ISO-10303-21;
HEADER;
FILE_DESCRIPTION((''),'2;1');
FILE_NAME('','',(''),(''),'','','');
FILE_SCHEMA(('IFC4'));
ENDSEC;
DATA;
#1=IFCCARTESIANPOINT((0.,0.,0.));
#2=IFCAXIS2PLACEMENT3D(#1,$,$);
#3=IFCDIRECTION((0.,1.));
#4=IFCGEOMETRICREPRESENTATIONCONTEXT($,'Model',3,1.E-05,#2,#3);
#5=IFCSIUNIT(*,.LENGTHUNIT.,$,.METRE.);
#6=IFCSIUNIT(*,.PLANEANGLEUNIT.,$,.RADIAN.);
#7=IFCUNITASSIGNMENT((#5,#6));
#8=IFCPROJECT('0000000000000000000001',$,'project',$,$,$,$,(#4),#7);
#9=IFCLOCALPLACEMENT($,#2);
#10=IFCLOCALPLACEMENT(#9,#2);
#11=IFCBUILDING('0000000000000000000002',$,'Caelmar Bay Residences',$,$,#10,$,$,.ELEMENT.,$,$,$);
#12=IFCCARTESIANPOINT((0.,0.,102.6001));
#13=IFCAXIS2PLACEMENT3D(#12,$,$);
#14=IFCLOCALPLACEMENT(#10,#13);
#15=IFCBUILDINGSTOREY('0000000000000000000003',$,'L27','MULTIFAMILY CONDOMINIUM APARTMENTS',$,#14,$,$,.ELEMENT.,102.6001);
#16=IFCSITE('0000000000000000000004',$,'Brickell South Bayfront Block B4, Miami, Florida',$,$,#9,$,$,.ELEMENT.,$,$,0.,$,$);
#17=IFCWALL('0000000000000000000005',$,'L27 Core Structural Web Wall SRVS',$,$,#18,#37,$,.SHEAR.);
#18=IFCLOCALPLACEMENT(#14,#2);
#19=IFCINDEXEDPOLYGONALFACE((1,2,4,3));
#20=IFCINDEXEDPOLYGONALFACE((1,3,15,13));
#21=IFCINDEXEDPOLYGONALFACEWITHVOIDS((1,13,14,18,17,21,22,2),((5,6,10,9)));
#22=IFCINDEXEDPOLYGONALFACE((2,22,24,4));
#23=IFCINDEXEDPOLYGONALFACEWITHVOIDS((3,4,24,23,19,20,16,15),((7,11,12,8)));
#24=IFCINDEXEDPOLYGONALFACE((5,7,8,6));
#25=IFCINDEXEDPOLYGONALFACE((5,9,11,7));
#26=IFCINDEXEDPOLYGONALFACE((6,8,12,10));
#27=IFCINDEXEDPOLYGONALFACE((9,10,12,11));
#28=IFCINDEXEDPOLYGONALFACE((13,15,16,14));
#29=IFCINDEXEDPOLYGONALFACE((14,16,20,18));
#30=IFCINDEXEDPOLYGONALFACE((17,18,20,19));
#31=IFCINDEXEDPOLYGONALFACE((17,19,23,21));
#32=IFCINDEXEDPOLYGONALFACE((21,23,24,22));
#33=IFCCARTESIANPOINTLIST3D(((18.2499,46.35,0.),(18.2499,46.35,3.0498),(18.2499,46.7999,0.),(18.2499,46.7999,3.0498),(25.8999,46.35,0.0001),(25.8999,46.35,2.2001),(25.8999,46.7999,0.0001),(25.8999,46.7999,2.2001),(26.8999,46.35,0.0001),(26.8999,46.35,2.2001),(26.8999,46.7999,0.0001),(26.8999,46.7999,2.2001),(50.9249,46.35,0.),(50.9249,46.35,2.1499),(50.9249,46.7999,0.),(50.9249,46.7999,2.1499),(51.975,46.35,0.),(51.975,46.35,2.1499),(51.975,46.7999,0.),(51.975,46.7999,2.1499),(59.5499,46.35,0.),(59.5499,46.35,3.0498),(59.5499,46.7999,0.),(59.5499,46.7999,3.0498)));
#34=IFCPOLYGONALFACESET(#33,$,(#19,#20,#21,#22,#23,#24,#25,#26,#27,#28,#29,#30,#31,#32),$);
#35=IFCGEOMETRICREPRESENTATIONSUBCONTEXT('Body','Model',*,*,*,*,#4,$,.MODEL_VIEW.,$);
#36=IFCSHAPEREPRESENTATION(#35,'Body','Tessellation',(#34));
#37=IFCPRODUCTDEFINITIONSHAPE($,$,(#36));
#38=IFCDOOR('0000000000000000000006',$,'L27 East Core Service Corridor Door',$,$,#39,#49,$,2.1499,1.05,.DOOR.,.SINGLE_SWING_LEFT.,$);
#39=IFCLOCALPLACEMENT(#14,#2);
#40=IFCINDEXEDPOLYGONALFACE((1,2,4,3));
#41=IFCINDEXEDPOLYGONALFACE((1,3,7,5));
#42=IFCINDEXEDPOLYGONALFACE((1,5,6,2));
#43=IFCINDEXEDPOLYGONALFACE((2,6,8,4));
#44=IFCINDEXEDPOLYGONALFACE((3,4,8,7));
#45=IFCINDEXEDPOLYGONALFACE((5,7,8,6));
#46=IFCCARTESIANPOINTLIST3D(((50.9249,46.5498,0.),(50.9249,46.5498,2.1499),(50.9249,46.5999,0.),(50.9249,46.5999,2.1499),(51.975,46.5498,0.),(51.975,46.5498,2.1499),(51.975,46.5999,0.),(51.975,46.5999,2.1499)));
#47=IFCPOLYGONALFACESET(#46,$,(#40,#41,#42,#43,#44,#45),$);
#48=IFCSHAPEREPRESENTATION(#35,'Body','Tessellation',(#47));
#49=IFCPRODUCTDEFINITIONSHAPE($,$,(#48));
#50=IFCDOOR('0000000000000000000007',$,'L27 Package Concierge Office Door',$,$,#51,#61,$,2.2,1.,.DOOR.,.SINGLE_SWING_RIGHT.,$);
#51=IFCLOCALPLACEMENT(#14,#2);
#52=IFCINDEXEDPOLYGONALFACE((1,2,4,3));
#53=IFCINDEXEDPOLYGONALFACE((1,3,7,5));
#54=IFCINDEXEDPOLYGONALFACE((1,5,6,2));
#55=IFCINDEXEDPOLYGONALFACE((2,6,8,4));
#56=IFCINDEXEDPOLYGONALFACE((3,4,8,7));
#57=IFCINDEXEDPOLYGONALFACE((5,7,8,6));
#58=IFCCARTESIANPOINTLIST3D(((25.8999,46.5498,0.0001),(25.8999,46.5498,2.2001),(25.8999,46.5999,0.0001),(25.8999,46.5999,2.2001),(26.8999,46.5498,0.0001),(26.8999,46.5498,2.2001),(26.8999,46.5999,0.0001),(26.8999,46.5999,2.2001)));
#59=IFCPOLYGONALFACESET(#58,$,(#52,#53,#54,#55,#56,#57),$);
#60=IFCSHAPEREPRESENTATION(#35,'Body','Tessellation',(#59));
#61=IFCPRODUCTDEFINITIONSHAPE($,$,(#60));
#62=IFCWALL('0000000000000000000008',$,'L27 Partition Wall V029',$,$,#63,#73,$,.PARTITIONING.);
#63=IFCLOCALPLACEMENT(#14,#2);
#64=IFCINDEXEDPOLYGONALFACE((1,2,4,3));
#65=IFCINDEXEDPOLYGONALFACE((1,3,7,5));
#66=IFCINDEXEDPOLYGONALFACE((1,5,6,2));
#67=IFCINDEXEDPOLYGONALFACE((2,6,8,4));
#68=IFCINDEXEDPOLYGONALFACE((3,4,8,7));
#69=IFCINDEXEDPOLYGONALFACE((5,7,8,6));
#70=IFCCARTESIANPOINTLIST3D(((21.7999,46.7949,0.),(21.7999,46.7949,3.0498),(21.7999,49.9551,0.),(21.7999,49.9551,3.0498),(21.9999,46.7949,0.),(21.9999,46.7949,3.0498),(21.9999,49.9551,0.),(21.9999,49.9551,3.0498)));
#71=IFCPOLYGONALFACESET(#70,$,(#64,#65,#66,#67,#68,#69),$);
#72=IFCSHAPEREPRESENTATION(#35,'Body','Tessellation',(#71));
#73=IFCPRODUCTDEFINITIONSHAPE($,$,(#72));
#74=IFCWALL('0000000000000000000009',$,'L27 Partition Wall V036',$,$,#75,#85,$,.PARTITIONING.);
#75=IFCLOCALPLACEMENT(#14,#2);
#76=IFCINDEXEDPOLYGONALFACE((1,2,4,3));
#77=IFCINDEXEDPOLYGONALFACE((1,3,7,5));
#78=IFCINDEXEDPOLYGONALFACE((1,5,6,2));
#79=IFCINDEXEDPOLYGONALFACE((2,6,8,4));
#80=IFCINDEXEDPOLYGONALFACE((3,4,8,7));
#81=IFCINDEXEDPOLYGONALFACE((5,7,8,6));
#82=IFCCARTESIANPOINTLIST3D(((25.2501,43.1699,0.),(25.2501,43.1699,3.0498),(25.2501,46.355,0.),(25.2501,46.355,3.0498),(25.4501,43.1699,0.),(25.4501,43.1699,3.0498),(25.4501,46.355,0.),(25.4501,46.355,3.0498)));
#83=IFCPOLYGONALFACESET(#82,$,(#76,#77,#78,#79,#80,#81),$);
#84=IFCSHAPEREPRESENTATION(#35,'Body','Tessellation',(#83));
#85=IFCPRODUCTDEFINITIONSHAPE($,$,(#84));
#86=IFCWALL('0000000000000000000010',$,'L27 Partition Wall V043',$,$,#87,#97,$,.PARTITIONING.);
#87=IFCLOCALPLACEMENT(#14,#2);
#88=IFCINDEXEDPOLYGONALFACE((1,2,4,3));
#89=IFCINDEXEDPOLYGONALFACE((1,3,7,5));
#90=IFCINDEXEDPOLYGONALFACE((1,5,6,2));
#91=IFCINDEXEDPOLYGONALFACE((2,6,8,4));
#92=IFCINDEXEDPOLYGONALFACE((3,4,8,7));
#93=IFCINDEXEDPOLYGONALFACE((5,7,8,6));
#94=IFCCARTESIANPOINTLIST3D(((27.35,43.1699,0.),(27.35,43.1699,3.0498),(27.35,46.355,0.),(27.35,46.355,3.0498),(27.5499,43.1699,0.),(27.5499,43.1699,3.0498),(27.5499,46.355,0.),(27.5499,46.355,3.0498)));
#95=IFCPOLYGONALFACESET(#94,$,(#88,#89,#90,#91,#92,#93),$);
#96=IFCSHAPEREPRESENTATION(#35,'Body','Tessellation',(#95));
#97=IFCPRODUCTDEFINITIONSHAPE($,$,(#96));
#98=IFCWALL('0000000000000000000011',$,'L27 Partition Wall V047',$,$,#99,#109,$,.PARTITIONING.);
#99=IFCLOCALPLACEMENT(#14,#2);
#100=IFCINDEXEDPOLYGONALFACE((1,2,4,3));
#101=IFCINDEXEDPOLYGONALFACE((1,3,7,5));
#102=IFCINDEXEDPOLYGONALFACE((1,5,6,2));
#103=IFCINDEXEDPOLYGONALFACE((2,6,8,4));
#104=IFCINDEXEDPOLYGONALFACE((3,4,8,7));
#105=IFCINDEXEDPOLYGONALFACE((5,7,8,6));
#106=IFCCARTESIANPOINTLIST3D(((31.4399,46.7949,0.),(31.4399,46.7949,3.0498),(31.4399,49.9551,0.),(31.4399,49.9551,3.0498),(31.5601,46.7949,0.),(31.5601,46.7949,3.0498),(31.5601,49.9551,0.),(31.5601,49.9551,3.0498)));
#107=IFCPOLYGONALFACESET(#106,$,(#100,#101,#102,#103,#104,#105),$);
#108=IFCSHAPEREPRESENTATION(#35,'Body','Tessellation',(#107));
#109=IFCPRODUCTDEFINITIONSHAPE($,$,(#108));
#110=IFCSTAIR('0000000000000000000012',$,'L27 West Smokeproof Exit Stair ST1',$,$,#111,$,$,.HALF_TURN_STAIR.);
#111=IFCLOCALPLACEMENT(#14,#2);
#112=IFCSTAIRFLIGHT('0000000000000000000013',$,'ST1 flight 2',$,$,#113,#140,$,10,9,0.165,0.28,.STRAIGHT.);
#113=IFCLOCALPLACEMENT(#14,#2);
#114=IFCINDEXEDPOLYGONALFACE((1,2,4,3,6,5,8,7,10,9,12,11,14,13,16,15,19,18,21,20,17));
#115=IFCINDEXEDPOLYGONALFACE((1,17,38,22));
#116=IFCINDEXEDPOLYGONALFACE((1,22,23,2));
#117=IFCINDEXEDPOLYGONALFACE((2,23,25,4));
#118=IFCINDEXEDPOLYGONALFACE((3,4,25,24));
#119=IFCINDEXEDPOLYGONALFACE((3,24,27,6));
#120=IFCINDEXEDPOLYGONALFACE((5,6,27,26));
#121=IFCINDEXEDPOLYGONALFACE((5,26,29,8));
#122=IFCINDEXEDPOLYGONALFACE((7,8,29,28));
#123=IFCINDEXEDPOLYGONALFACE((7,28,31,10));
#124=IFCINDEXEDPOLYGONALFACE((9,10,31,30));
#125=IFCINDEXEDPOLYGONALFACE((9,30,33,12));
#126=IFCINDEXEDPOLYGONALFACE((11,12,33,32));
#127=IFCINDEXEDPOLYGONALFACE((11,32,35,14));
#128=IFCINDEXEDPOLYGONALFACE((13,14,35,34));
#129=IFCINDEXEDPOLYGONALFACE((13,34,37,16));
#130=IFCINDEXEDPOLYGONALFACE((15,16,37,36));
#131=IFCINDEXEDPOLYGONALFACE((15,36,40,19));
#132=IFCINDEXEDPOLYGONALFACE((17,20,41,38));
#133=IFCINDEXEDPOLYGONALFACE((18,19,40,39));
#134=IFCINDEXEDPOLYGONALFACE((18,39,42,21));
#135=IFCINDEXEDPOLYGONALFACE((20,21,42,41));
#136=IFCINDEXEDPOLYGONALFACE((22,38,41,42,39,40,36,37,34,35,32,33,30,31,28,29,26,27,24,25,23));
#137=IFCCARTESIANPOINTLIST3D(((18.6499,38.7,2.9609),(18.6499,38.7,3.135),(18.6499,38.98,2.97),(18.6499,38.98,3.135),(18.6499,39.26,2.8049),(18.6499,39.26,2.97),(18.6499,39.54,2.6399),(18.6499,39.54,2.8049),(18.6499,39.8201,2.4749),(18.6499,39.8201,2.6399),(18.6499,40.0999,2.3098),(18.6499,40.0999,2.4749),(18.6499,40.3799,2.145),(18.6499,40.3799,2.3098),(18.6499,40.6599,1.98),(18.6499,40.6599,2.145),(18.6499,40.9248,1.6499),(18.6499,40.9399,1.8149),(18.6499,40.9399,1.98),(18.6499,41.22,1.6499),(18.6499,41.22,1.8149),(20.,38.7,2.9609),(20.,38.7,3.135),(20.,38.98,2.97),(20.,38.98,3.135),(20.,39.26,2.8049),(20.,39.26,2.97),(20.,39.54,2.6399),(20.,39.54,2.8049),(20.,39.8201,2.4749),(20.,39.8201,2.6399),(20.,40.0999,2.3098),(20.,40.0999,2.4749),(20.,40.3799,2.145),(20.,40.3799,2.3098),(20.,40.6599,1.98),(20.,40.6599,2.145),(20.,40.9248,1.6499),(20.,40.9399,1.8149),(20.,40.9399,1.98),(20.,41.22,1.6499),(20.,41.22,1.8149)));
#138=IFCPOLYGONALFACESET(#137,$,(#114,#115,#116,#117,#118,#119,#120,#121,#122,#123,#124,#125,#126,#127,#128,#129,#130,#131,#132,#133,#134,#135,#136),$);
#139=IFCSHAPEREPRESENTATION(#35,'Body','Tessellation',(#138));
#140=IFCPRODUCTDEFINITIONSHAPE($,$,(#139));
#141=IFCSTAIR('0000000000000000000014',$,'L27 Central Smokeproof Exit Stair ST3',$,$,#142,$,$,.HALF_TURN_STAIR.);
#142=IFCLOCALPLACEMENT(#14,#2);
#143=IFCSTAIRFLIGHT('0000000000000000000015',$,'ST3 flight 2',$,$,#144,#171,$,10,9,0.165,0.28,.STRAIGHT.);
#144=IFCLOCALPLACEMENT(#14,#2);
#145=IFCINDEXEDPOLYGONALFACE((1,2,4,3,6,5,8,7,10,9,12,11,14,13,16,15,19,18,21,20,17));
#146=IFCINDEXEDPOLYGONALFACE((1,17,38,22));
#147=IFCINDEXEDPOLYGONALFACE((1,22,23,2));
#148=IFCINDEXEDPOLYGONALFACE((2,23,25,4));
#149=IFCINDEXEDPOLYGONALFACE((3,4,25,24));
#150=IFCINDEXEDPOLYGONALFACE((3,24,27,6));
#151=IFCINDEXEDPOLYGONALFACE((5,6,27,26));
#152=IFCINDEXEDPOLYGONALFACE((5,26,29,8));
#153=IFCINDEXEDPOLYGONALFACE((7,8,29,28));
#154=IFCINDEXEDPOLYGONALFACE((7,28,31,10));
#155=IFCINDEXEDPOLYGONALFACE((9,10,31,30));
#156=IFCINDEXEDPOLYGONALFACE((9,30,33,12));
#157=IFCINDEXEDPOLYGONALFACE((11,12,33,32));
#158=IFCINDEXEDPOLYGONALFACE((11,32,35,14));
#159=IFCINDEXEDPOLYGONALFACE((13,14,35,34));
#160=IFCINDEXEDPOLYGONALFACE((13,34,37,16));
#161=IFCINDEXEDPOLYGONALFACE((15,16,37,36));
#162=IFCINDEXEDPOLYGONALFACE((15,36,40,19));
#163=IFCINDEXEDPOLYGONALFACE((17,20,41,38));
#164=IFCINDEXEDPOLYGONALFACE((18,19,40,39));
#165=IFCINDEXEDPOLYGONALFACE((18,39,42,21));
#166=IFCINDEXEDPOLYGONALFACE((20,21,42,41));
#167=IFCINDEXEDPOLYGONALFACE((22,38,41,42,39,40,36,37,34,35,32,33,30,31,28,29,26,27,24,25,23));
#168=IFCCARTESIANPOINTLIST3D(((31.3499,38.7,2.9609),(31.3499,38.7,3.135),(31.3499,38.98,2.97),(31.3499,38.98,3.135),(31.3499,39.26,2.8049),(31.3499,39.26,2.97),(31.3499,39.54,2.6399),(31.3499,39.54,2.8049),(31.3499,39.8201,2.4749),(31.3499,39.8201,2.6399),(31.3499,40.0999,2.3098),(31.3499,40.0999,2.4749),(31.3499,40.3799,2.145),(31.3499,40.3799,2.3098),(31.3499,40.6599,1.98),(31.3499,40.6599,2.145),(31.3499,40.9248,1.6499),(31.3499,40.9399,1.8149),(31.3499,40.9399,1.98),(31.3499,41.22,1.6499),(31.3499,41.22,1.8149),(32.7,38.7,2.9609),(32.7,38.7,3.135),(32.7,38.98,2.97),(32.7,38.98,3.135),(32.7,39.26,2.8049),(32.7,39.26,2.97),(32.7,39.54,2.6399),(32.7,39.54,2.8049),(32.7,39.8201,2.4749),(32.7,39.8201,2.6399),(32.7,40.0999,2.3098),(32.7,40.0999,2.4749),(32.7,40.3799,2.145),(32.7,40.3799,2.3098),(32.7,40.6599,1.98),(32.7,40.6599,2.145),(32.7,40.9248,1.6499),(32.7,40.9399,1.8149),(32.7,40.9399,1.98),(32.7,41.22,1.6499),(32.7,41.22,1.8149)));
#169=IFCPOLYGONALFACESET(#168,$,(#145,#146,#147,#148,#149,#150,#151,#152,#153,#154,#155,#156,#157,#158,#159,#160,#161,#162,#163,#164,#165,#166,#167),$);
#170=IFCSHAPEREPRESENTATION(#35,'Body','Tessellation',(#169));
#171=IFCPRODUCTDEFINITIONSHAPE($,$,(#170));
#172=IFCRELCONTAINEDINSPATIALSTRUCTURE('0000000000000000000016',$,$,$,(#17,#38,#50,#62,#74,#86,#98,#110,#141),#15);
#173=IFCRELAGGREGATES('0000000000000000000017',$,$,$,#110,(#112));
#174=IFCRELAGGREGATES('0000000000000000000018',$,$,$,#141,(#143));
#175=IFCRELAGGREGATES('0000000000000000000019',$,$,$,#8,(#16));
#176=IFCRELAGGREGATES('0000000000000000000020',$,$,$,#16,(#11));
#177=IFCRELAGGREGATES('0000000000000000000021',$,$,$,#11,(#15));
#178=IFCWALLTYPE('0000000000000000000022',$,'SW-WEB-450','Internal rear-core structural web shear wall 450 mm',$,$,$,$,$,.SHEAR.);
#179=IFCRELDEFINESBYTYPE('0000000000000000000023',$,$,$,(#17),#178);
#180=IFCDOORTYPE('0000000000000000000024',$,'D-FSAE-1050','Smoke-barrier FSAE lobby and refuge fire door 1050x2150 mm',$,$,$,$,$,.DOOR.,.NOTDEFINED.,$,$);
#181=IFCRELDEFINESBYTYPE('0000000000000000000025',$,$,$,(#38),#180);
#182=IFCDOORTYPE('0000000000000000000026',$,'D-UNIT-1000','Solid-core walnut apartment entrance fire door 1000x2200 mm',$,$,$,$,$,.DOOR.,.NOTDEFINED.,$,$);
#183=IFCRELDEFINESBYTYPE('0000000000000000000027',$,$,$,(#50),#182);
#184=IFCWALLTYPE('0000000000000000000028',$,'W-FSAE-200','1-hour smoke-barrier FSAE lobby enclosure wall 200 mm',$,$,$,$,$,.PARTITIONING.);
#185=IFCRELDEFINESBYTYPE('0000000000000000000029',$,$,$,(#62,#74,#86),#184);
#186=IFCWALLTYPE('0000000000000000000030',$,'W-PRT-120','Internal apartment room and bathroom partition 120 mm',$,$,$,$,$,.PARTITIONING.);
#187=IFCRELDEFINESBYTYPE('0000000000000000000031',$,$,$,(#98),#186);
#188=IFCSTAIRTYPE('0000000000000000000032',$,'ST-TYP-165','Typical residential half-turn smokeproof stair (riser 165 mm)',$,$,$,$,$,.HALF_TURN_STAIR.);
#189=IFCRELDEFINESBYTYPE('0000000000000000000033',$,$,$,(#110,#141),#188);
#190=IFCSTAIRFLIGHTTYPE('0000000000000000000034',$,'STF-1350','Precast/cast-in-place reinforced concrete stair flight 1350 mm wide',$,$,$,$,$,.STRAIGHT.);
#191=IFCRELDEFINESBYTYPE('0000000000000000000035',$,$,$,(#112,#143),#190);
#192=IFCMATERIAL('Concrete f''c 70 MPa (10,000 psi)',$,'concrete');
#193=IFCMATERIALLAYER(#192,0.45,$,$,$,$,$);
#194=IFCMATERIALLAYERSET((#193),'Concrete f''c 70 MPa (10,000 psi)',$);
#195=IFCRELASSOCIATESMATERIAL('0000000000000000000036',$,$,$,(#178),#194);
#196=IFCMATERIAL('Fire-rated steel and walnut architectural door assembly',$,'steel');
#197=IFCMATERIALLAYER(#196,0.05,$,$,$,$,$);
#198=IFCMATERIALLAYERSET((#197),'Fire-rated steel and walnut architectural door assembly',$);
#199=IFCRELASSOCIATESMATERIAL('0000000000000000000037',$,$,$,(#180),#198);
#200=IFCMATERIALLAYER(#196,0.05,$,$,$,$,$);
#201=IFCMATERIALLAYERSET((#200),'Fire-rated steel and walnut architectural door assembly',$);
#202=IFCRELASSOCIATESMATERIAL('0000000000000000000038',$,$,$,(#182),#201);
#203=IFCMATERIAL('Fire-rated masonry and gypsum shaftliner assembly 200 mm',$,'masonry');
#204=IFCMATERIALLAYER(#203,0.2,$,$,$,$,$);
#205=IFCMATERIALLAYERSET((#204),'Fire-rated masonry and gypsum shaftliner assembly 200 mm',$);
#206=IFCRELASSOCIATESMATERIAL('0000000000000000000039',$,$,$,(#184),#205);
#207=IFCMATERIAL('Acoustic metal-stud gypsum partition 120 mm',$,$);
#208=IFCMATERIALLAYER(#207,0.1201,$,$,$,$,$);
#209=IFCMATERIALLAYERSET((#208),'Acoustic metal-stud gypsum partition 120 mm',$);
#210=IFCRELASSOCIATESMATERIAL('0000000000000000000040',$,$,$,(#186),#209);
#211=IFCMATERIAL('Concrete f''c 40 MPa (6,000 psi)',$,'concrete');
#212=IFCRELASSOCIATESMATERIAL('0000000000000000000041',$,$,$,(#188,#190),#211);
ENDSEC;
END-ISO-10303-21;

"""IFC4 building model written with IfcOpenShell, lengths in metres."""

from ifc_helpers import new_model, si_unit, direction, frame, frame_2d, origin, place, context, subcontext, project, spatial, polyline, rectangle, outline, extrude, material, layer, layer_set, type_object, element, fill, aggregate, save


model = new_model("IFC4")

# Units and contexts
model_context = context("Model", 3, precision=1e-05, world=origin(), true_north=direction((0.0, 1.0)))
body_context = subcontext(model_context, "Body", "Model", "MODEL_VIEW")
ifc_project = project(units=[si_unit("LENGTHUNIT", "METRE"), si_unit("PLANEANGLEUNIT", "RADIAN")], contexts=[model_context])

# Site, building, storey
site_placement = place(None, origin())
site = spatial("IfcSite", under=ifc_project, at=site_placement, Name="Brickell South Bayfront Block B4, Miami, Florida", CompositionType="ELEMENT", RefElevation=0.0)
building_placement = place(site_placement, origin())
building = spatial("IfcBuilding", under=site, at=building_placement, Name="Caelmar Bay Residences", CompositionType="ELEMENT")
storey_placement = place(building_placement, frame((0.0, 0.0, 102.6001)))
storey = spatial("IfcBuildingStorey", under=building, at=storey_placement, Name="L27", Description="MULTIFAMILY CONDOMINIUM APARTMENTS", CompositionType="ELEMENT", Elevation=102.6001)

# Wall, openings, doors
ifc_material_1 = material(Name="Concrete f'c 70 MPa (10,000 psi)", Category="concrete")
ifc_layer_1 = layer(ifc_material_1, 0.45)
ifc_layer_set_1 = layer_set([ifc_layer_1], Name="Concrete f'c 70 MPa (10,000 psi)")
wall_type_1 = type_object("IfcWallType", Name="SW-WEB-450", Description="Internal rear-core structural web shear wall 450 mm", PredefinedType="SHEAR", material=ifc_layer_set_1)
ifc_material_2 = material(Name="Fire-rated steel and walnut architectural door assembly", Category="steel")
ifc_layer_2 = layer(ifc_material_2, 0.05)
ifc_layer_set_2 = layer_set([ifc_layer_2], Name="Fire-rated steel and walnut architectural door assembly")
door_type_1 = type_object("IfcDoorType", Name="D-FSAE-1050", Description="Smoke-barrier FSAE lobby and refuge fire door 1050x2150 mm", OperationType="NOTDEFINED", PredefinedType="DOOR", material=ifc_layer_set_2)
ifc_layer_3 = layer(ifc_material_2, 0.05)
ifc_layer_set_3 = layer_set([ifc_layer_3], Name="Fire-rated steel and walnut architectural door assembly")
door_type_2 = type_object("IfcDoorType", Name="D-UNIT-1000", Description="Solid-core walnut apartment entrance fire door 1000x2200 mm", OperationType="NOTDEFINED", PredefinedType="DOOR", material=ifc_layer_set_3)
wall_1_placement = place(storey_placement, frame((18.25, 46.575, 0.0), z_axis=(0.0, 0.0, 1.0), x_axis=(1.0, 0.0, 0.0)))
wall_1 = element("IfcWall", 1, at=wall_1_placement, inside=storey, type_object=wall_type_1, Name="L27 Core Structural Web Wall SRVS", PredefinedType="SHEAR", context=body_context, shape_type="SweptSolid", body=[
    extrude(rectangle(XDim=41.3, YDim=0.45, at=frame_2d((20.6499, 0.0))), origin(), (0.0, 0.0, 1.0), 3.0498),
])
opening_1_placement = place(wall_1_placement, frame((7.6499, 0.0, 0.0)))
opening_1 = element("IfcOpeningElement", 2, at=opening_1_placement, cuts=wall_1, PredefinedType="OPENING", context=body_context, shape_type="SweptSolid", body=[
    extrude(rectangle(XDim=1.0, YDim=2.2, at=frame_2d((0.5, 1.1001))), frame((0.0, 0.2349, 0.0), z_axis=(0.0, -1.0, 0.0), x_axis=(1.0, 0.0, 0.0)), (0.0, 0.0, 1.0), 0.47),
])
opening_2_placement = place(wall_1_placement, frame((32.675, 0.0, 0.0)))
opening_2 = element("IfcOpeningElement", 3, at=opening_2_placement, cuts=wall_1, PredefinedType="OPENING", context=body_context, shape_type="SweptSolid", body=[
    extrude(rectangle(XDim=1.05, YDim=2.1499, at=frame_2d((0.5249, 1.075))), frame((0.0, 0.2349, 0.0), z_axis=(0.0, -1.0, 0.0), x_axis=(1.0, 0.0, 0.0)), (0.0, 0.0, 1.0), 0.47),
])
door_1_placement = place(opening_2_placement, origin())
door_1 = element("IfcDoor", 4, at=door_1_placement, inside=storey, type_object=door_type_1, Name="L27 East Core Service Corridor Door", OperationType="SINGLE_SWING_LEFT", OverallHeight=2.1499, OverallWidth=1.05, PredefinedType="DOOR", context=body_context, shape_type="SweptSolid", body=[
    extrude(rectangle(XDim=1.05, YDim=2.1499, at=frame_2d((0.5249, 1.075))), frame((0.0, 0.0249, 0.0), z_axis=(0.0, -1.0, 0.0), x_axis=(1.0, 0.0, 0.0)), (0.0, 0.0, 1.0), 0.05),
])
fill(opening_2, door_1)
door_2_placement = place(opening_1_placement, origin())
door_2 = element("IfcDoor", 5, at=door_2_placement, inside=storey, type_object=door_type_2, Name="L27 Package Concierge Office Door", OperationType="SINGLE_SWING_RIGHT", OverallHeight=2.2, OverallWidth=1.0, PredefinedType="DOOR", context=body_context, shape_type="SweptSolid", body=[
    extrude(rectangle(XDim=1.0, YDim=2.2, at=frame_2d((0.5, 1.1001))), frame((0.0, 0.0249, 0.0), z_axis=(0.0, -1.0, 0.0), x_axis=(1.0, 0.0, 0.0)), (0.0, 0.0, 1.0), 0.05),
])
fill(opening_1, door_2)

# Walls
ifc_material_3 = material(Name="Fire-rated masonry and gypsum shaftliner assembly 200 mm", Category="masonry")
ifc_layer_4 = layer(ifc_material_3, 0.2)
ifc_layer_set_4 = layer_set([ifc_layer_4], Name="Fire-rated masonry and gypsum shaftliner assembly 200 mm")
wall_type_2 = type_object("IfcWallType", Name="W-FSAE-200", Description="1-hour smoke-barrier FSAE lobby enclosure wall 200 mm", PredefinedType="PARTITIONING", material=ifc_layer_set_4)
wall_2_placement = place(storey_placement, frame((21.8999, 46.7949, 0.0), z_axis=(0.0, 0.0, 1.0), x_axis=(0.0, 1.0, 0.0)))
element("IfcWall", 6, at=wall_2_placement, inside=storey, type_object=wall_type_2, Name="L27 Partition Wall V029", PredefinedType="PARTITIONING", context=body_context, shape_type="SweptSolid", body=[
    extrude(rectangle(XDim=3.1602, YDim=0.2, at=frame_2d((1.5801, 0.0))), origin(), (0.0, 0.0, 1.0), 3.0498),
])
for number, where, z_axis, x_axis, name in (
    (7, (25.3501, 43.1699, 0.0), (0.0, 0.0, 1.0), (0.0, 1.0, 0.0), "L27 Partition Wall V036"),
    (8, (27.45, 43.1699, 0.0), (0.0, 0.0, 1.0), (0.0, 1.0, 0.0), "L27 Partition Wall V043"),
):
    element("IfcWall", number, at=place(storey_placement, frame(where, z_axis=z_axis, x_axis=x_axis)), inside=storey, type_object=wall_type_2, Name=name, PredefinedType="PARTITIONING", context=body_context, shape_type="SweptSolid", body=[
        extrude(rectangle(XDim=3.1851, YDim=0.2, at=frame_2d((1.5925, 0.0))), origin(), (0.0, 0.0, 1.0), 3.0498),
    ])
ifc_material_4 = material(Name="Acoustic metal-stud gypsum partition 120 mm")
ifc_layer_5 = layer(ifc_material_4, 0.1201)
ifc_layer_set_5 = layer_set([ifc_layer_5], Name="Acoustic metal-stud gypsum partition 120 mm")
wall_type_3 = type_object("IfcWallType", Name="W-PRT-120", Description="Internal apartment room and bathroom partition 120 mm", PredefinedType="PARTITIONING", material=ifc_layer_set_5)
wall_3_placement = place(storey_placement, frame((31.5, 46.7949, 0.0), z_axis=(0.0, 0.0, 1.0), x_axis=(0.0, 1.0, 0.0)))
element("IfcWall", 9, at=wall_3_placement, inside=storey, type_object=wall_type_3, Name="L27 Partition Wall V047", PredefinedType="PARTITIONING", context=body_context, shape_type="SweptSolid", body=[
    extrude(rectangle(XDim=3.1602, YDim=0.1201, at=frame_2d((1.5801, 0.0))), origin(), (0.0, 0.0, 1.0), 3.0498),
])

# Stairs, stair flights
ifc_material_5 = material(Name="Concrete f'c 40 MPa (6,000 psi)", Category="concrete")
stair_type = type_object("IfcStairType", Name="ST-TYP-165", Description="Typical residential half-turn smokeproof stair (riser 165 mm)", PredefinedType="HALF_TURN_STAIR", material=ifc_material_5)
stair_1_placement = place(storey_placement, origin())
stair_1 = element("IfcStair", 10, at=stair_1_placement, inside=storey, type_object=stair_type, Name="L27 West Smokeproof Exit Stair ST1", PredefinedType="HALF_TURN_STAIR")
stair_flight_type = type_object("IfcStairFlightType", Name="STF-1350", Description="Precast/cast-in-place reinforced concrete stair flight 1350 mm wide", PredefinedType="STRAIGHT", material=ifc_material_5)
stair_flight_1_placement = place(storey_placement, frame((19.325, 41.22, 1.6499), z_axis=(0.0, 0.0, 1.0), x_axis=(0.0, -1.0, 0.0)))
stair_flight_1 = element("IfcStairFlight", 11, at=stair_flight_1_placement, type_object=stair_flight_type, Name="ST1 flight 2", NumberOfRisers=10, NumberOfTreads=9, PredefinedType="STRAIGHT", RiserHeight=0.165, TreadLength=0.28, context=body_context, shape_type="SweptSolid", body=[
    extrude(outline(polyline([(0.0, 0.0), (0.0, 0.165), (0.28, 0.165), (0.28, 0.3301), (0.5601, 0.3301), (0.5601, 0.4951), (0.8401, 0.4951), (0.8401, 0.6599), (1.1201, 0.6599), (1.1201, 0.825), (1.3999, 0.825), (1.3999, 0.99), (1.6799, 0.99), (1.6799, 1.155), (1.96, 1.155), (1.96, 1.3201), (2.24, 1.3201), (2.24, 1.4851), (2.52, 1.4851), (2.52, 1.6499), (2.52, 1.311), (0.2952, 0.0), (0.0, 0.0)])), frame((0.0, 0.675, 0.0), z_axis=(0.0, -1.0, 0.0), x_axis=(1.0, 0.0, 0.0)), (0.0, 0.0, 1.0), 1.3501),
])
aggregate(stair_1, [stair_flight_1])
stair_2_placement = place(storey_placement, origin())
stair_2 = element("IfcStair", 12, at=stair_2_placement, inside=storey, type_object=stair_type, Name="L27 Central Smokeproof Exit Stair ST3", PredefinedType="HALF_TURN_STAIR")
stair_flight_2_placement = place(storey_placement, frame((32.0249, 41.22, 1.6499), z_axis=(0.0, 0.0, 1.0), x_axis=(0.0, -1.0, 0.0)))
stair_flight_2 = element("IfcStairFlight", 13, at=stair_flight_2_placement, type_object=stair_flight_type, Name="ST3 flight 2", NumberOfRisers=10, NumberOfTreads=9, PredefinedType="STRAIGHT", RiserHeight=0.165, TreadLength=0.28, context=body_context, shape_type="SweptSolid", body=[
    extrude(outline(polyline([(0.0, 0.0), (0.0, 0.165), (0.28, 0.165), (0.28, 0.3301), (0.5601, 0.3301), (0.5601, 0.4951), (0.8401, 0.4951), (0.8401, 0.6599), (1.1201, 0.6599), (1.1201, 0.825), (1.3999, 0.825), (1.3999, 0.99), (1.6799, 0.99), (1.6799, 1.155), (1.96, 1.155), (1.96, 1.3201), (2.24, 1.3201), (2.24, 1.4851), (2.52, 1.4851), (2.52, 1.6499), (2.52, 1.311), (0.2952, 0.0), (0.0, 0.0)])), frame((0.0, 0.675, 0.0), z_axis=(0.0, -1.0, 0.0), x_axis=(1.0, 0.0, 0.0)), (0.0, 0.0, 1.0), 1.3501),
])
aggregate(stair_2, [stair_flight_2])

save(model, "model.ifc")
